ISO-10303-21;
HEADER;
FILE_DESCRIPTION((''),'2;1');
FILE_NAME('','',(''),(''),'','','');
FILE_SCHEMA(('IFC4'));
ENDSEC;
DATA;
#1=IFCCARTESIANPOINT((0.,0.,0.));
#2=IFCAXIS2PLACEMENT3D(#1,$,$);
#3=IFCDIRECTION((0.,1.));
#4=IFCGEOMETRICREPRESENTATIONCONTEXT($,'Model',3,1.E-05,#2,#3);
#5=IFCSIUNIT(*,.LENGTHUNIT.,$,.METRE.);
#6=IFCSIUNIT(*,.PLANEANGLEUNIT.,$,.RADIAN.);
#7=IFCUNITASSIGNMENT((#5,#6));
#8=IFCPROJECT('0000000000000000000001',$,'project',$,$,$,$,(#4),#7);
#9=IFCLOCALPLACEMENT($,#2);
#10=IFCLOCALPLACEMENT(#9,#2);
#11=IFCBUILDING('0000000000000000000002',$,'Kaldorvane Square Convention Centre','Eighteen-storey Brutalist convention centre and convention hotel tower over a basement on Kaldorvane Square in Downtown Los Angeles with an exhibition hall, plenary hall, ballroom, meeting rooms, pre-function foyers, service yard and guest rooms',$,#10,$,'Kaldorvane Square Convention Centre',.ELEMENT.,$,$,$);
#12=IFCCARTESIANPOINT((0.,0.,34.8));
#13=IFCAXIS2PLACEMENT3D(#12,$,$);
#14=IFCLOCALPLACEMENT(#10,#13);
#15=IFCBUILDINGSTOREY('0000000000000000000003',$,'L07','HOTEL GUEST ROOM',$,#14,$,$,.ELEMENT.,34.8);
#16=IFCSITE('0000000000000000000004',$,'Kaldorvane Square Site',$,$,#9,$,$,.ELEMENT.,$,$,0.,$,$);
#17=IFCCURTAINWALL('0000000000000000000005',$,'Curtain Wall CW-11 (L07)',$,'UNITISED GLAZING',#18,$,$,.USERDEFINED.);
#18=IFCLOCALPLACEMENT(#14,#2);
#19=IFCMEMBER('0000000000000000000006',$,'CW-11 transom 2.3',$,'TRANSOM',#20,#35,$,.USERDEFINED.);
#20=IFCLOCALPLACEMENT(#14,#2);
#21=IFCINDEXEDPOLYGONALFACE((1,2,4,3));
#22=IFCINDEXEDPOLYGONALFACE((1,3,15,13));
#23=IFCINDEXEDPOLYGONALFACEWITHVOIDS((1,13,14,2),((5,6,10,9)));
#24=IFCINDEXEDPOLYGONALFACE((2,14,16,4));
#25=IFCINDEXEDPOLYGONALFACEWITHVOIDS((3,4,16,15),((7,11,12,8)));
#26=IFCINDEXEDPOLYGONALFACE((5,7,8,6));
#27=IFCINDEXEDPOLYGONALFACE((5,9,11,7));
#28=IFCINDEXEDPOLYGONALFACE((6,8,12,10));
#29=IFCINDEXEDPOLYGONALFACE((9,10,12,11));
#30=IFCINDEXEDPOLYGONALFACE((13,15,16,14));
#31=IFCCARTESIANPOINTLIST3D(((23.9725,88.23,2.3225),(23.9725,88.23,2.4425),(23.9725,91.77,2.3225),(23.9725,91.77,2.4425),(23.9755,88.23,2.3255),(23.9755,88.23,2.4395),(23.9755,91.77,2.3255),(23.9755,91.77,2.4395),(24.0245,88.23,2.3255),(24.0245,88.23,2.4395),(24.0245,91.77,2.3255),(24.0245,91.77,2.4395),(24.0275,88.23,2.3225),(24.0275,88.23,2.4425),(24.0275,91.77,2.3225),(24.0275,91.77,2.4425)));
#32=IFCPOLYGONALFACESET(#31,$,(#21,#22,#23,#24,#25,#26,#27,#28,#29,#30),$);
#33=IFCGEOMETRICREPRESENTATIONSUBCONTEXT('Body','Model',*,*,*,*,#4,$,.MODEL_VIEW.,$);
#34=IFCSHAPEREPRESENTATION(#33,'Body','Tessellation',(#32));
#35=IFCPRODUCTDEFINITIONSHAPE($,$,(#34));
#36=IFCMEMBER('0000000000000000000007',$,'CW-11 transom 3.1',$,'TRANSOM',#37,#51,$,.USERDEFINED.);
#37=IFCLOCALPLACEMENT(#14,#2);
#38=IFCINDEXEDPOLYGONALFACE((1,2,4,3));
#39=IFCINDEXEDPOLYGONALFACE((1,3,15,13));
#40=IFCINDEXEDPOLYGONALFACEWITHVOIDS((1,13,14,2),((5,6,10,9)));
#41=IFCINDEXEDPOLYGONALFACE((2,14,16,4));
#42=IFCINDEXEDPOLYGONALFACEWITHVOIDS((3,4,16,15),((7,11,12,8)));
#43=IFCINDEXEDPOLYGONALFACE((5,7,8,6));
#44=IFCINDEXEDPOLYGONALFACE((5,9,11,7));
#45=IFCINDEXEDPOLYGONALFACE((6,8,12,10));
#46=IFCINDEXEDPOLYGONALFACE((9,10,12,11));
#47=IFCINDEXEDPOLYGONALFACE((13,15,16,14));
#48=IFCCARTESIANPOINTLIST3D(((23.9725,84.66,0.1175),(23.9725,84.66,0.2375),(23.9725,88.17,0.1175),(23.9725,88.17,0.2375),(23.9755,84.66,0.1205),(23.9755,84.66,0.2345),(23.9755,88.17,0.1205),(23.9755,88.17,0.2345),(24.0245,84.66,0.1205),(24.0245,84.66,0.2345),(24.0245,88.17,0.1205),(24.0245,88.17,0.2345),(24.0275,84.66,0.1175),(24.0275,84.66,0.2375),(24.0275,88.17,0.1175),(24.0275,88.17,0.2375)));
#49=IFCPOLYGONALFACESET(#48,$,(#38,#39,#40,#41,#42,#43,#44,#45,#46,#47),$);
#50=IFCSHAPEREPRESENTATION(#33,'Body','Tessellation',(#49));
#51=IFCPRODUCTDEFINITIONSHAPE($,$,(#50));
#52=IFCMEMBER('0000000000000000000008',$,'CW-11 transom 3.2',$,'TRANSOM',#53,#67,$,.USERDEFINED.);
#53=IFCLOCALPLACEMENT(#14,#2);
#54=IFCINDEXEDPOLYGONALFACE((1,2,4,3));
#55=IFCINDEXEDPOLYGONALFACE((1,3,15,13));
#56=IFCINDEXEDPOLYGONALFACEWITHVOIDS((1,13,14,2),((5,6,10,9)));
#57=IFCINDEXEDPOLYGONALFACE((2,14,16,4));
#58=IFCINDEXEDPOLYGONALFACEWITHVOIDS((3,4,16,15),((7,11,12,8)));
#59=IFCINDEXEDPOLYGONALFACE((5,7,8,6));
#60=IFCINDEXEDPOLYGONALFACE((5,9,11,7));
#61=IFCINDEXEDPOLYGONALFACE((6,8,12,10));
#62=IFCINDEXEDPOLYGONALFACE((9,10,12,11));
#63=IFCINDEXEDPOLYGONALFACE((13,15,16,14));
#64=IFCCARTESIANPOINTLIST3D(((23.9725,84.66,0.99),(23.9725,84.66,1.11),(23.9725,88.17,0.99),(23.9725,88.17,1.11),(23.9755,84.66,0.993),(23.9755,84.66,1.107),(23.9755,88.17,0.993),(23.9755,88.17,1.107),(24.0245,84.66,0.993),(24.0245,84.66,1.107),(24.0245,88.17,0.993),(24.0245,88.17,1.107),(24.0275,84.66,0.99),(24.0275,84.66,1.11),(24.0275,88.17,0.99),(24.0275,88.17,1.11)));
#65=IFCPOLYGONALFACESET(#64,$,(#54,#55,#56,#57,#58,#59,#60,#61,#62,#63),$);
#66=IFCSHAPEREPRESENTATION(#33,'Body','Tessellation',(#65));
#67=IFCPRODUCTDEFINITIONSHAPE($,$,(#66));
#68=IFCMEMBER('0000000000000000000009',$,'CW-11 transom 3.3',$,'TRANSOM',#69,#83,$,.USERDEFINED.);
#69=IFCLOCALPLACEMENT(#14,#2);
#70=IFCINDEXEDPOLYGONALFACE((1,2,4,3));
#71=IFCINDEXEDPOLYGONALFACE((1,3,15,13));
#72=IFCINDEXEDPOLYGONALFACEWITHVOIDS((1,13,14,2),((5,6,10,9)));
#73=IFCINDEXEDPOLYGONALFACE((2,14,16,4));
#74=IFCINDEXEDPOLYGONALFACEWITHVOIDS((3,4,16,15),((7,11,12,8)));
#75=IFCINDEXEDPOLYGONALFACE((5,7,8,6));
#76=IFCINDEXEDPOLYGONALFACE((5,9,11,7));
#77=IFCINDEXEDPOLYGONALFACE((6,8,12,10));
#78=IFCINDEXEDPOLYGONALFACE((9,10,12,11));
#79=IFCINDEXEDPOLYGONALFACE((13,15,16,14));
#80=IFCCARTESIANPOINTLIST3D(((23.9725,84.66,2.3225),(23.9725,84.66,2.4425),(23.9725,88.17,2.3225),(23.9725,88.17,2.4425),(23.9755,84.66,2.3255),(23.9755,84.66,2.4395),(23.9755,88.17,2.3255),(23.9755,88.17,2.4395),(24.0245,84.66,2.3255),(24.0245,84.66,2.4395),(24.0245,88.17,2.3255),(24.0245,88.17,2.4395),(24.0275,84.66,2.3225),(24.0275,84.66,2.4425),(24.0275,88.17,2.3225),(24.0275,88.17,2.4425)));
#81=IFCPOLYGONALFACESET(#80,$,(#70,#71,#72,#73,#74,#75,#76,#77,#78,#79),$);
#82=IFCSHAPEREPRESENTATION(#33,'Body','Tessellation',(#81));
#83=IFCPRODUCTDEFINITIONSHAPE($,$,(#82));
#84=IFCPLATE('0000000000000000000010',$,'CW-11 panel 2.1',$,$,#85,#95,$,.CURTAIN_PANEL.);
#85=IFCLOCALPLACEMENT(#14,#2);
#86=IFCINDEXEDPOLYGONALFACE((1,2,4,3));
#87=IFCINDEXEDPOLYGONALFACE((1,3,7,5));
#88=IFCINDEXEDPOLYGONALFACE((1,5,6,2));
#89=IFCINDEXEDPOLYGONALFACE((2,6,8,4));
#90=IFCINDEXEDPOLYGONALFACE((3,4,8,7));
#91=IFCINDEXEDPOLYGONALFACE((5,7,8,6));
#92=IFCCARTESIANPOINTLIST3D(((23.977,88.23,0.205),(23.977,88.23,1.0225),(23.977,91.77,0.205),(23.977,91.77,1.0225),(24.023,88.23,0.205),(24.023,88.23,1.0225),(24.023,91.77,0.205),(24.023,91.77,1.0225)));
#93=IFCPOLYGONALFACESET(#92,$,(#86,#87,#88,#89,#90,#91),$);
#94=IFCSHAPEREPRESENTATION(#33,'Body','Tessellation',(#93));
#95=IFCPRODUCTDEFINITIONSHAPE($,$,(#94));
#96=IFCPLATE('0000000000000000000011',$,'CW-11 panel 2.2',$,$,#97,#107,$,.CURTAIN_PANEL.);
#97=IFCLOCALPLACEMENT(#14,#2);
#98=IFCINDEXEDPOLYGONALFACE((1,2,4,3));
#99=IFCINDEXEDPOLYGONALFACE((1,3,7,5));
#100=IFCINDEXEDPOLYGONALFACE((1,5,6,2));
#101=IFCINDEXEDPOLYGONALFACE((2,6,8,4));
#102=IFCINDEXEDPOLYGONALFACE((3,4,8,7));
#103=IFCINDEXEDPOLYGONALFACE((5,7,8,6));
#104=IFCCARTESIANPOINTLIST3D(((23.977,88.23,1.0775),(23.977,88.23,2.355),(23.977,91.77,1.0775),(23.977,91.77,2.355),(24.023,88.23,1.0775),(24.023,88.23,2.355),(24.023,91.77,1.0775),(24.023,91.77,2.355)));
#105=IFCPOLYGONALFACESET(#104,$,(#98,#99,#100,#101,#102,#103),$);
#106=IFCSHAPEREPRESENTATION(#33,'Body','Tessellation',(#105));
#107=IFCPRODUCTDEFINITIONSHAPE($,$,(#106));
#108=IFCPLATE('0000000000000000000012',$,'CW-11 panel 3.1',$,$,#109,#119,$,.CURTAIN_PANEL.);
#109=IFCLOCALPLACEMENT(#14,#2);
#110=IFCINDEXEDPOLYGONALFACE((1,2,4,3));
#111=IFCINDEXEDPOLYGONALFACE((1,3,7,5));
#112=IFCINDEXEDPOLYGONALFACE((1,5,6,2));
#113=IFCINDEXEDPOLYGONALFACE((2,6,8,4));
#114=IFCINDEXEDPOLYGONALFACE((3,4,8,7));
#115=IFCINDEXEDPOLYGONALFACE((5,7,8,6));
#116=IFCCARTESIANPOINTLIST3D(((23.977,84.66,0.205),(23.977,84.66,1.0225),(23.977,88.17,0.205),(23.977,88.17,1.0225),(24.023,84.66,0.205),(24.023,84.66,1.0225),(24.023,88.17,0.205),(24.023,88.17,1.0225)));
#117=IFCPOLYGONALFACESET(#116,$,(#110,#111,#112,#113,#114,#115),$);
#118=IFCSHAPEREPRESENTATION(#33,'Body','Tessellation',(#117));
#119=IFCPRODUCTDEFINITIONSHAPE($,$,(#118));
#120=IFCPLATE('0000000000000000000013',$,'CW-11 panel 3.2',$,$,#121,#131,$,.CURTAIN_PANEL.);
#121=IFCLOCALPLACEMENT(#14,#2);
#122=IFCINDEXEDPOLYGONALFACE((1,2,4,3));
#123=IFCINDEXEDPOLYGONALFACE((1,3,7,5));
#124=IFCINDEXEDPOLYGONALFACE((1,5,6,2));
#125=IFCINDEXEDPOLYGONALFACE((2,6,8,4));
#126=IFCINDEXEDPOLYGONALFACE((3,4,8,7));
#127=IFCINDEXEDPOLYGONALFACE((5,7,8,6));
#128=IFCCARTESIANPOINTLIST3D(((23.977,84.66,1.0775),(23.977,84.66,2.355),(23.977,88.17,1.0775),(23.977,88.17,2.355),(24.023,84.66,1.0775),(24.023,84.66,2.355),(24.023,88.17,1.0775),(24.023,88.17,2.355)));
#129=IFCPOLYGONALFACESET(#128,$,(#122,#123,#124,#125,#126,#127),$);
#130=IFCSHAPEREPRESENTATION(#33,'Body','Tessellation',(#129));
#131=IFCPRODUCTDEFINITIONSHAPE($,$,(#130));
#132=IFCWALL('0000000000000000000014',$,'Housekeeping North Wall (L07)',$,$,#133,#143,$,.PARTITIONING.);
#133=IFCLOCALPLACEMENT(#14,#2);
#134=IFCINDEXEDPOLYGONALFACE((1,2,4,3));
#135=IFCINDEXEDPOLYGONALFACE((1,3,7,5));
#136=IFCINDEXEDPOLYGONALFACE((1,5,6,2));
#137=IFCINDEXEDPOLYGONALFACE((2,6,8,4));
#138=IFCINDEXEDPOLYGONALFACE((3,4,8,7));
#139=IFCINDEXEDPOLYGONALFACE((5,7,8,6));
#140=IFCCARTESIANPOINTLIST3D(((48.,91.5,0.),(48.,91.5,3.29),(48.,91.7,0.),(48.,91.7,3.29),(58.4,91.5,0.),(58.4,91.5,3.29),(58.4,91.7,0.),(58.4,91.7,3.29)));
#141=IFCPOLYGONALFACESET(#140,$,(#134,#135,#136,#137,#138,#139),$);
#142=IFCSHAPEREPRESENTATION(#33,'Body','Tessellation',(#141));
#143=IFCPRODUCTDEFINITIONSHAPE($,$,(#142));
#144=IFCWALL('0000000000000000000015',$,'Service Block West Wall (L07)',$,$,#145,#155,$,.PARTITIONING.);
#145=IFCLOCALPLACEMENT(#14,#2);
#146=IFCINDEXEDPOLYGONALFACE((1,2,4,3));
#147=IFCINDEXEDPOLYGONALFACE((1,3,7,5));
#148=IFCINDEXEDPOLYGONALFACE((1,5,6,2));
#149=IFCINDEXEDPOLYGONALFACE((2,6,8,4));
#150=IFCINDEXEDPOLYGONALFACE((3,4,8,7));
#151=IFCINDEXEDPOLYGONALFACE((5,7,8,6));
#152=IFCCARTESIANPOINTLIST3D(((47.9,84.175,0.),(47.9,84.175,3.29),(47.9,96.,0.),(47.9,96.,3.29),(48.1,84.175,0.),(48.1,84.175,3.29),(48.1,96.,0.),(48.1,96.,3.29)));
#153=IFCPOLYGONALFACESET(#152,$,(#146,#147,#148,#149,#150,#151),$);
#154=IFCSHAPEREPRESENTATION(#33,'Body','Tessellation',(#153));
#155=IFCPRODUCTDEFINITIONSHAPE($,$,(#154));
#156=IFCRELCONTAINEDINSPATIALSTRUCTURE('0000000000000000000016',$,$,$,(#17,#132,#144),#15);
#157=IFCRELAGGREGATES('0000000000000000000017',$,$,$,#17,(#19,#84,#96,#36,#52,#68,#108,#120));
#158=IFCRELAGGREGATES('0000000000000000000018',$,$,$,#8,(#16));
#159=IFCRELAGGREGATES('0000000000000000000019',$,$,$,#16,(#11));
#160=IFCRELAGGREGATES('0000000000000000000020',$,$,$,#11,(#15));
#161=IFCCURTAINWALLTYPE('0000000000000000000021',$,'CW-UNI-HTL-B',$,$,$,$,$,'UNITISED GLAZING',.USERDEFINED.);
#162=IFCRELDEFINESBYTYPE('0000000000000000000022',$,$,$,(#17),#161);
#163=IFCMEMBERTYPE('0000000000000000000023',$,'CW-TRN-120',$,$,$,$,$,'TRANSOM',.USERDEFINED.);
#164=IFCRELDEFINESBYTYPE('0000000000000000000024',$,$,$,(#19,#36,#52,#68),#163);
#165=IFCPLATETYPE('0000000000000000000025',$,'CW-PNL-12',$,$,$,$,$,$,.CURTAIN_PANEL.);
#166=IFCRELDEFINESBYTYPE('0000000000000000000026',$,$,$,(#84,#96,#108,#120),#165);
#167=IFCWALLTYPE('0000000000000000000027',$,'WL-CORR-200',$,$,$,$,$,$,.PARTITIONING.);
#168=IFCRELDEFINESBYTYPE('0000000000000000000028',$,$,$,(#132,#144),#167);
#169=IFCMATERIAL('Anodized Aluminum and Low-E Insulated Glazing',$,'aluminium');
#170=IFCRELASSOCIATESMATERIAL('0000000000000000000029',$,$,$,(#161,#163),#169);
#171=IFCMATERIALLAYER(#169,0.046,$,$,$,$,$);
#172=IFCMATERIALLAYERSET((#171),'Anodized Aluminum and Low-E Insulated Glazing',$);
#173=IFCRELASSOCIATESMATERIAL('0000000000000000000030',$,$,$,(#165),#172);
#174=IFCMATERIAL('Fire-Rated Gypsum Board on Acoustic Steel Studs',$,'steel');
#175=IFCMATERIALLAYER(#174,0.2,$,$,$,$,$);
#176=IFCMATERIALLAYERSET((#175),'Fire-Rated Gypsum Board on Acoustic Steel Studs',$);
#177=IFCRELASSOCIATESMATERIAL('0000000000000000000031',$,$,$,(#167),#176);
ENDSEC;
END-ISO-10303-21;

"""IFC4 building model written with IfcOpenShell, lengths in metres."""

from ifc_helpers import new_model, si_unit, direction, frame, frame_2d, origin, origin_2d, place, context, subcontext, project, spatial, rectangle, hollow_rectangle, extrude, material, layer, layer_set, material_profile, profile_set, type_object, element, aggregate, save


model = new_model("IFC4")

# Units and contexts
model_context = context("Model", 3, precision=1e-05, world=origin(), true_north=direction((0.0, 1.0)))
body_context = subcontext(model_context, "Body", "Model", "MODEL_VIEW")
ifc_project = project(units=[si_unit("LENGTHUNIT", "METRE"), si_unit("PLANEANGLEUNIT", "RADIAN")], contexts=[model_context])

# Site, building, storey
site_placement = place(None, origin())
site = spatial("IfcSite", under=ifc_project, at=site_placement, Name="Kaldorvane Square Site", CompositionType="ELEMENT", RefElevation=0.0)
building_placement = place(site_placement, origin())
building = spatial("IfcBuilding", under=site, at=building_placement, Name="Kaldorvane Square Convention Centre", Description="Eighteen-storey Brutalist convention centre and convention hotel tower over a basement on Kaldorvane Square in Downtown Los Angeles with an exhibition hall, plenary hall, ballroom, meeting rooms, pre-function foyers, service yard and guest rooms", LongName="Kaldorvane Square Convention Centre", CompositionType="ELEMENT")
storey_placement = place(building_placement, frame((0.0, 0.0, 34.8)))
storey = spatial("IfcBuildingStorey", under=building, at=storey_placement, Name="L07", Description="HOTEL GUEST ROOM", CompositionType="ELEMENT", Elevation=34.8)

# Curtain wall, members, plates
ifc_material_1 = material(Name="Anodized Aluminum and Low-E Insulated Glazing", Category="aluminium")
curtain_wall_type = type_object("IfcCurtainWallType", Name="CW-UNI-HTL-B", ElementType="UNITISED GLAZING", PredefinedType="USERDEFINED", material=ifc_material_1)
curtain_wall_placement = place(storey_placement, origin())
curtain_wall = element("IfcCurtainWall", 1, at=curtain_wall_placement, inside=storey, type_object=curtain_wall_type, Name="Curtain Wall CW-11 (L07)", ObjectType="UNITISED GLAZING", PredefinedType="USERDEFINED")
ifc_material_profile_1 = material_profile(ifc_material_1, hollow_rectangle(XDim=0.055, YDim=0.12, WallThickness=0.003, at=origin_2d()), Name="CWT-120X55")
ifc_profile_set_1 = profile_set([ifc_material_profile_1], Name="Anodized Aluminum and Low-E Insulated Glazing")
member_type_1 = type_object("IfcMemberType", Name="CW-TRN-120", ElementType="TRANSOM", PredefinedType="USERDEFINED", material=ifc_profile_set_1)
member_1_placement = place(storey_placement, frame((24.0, 91.77, 2.3825), z_axis=(0.0, -1.0, 0.0), x_axis=(1.0, 0.0, 0.0)))
member_1 = element("IfcMember", 2, at=member_1_placement, type_object=member_type_1, Name="CW-11 transom 2.3", ObjectType="TRANSOM", PredefinedType="USERDEFINED", context=body_context, shape_type="SweptSolid", body=[
    extrude(hollow_rectangle(XDim=0.055, YDim=0.12, WallThickness=0.003, at=origin_2d()), origin(), (0.0, 0.0, 1.0), 3.54),
])
member_2_placement = place(storey_placement, frame((24.0, 88.17, 0.1775), z_axis=(0.0, -1.0, 0.0), x_axis=(1.0, 0.0, 0.0)))
member_2 = element("IfcMember", 3, at=member_2_placement, type_object=member_type_1, Name="CW-11 transom 3.1", ObjectType="TRANSOM", PredefinedType="USERDEFINED", context=body_context, shape_type="SweptSolid", body=[
    extrude(hollow_rectangle(XDim=0.055, YDim=0.12, WallThickness=0.003, at=origin_2d()), origin(), (0.0, 0.0, 1.0), 3.51),
])
member_3_placement = place(storey_placement, frame((24.0, 88.17, 1.05), z_axis=(0.0, -1.0, 0.0), x_axis=(1.0, 0.0, 0.0)))
member_3 = element("IfcMember", 4, at=member_3_placement, type_object=member_type_1, Name="CW-11 transom 3.2", ObjectType="TRANSOM", PredefinedType="USERDEFINED", context=body_context, shape_type="SweptSolid", body=[
    extrude(hollow_rectangle(XDim=0.055, YDim=0.12, WallThickness=0.003, at=origin_2d()), origin(), (0.0, 0.0, 1.0), 3.51),
])
member_4_placement = place(storey_placement, frame((24.0, 88.17, 2.3825), z_axis=(0.0, -1.0, 0.0), x_axis=(1.0, 0.0, 0.0)))
member_4 = element("IfcMember", 5, at=member_4_placement, type_object=member_type_1, Name="CW-11 transom 3.3", ObjectType="TRANSOM", PredefinedType="USERDEFINED", context=body_context, shape_type="SweptSolid", body=[
    extrude(hollow_rectangle(XDim=0.055, YDim=0.12, WallThickness=0.003, at=origin_2d()), origin(), (0.0, 0.0, 1.0), 3.51),
])
ifc_layer_1 = layer(ifc_material_1, 0.046)
ifc_layer_set_1 = layer_set([ifc_layer_1], Name="Anodized Aluminum and Low-E Insulated Glazing")
plate_type = type_object("IfcPlateType", Name="CW-PNL-12", PredefinedType="CURTAIN_PANEL", material=ifc_layer_set_1)
plate_1_placement = place(storey_placement, frame((24.0, 90.0, 0.205), z_axis=(0.0, 0.0, 1.0), x_axis=(0.0, -1.0, 0.0)))
plate_1 = element("IfcPlate", 6, at=plate_1_placement, type_object=plate_type, Name="CW-11 panel 2.1", PredefinedType="CURTAIN_PANEL", context=body_context, shape_type="SweptSolid", body=[
    extrude(rectangle(XDim=3.54, YDim=0.046, at=origin_2d()), origin(), (0.0, 0.0, 1.0), 0.8175),
])
plate_2_placement = place(storey_placement, frame((24.0, 90.0, 1.0775), z_axis=(0.0, 0.0, 1.0), x_axis=(0.0, -1.0, 0.0)))
plate_2 = element("IfcPlate", 7, at=plate_2_placement, type_object=plate_type, Name="CW-11 panel 2.2", PredefinedType="CURTAIN_PANEL", context=body_context, shape_type="SweptSolid", body=[
    extrude(rectangle(XDim=3.54, YDim=0.046, at=origin_2d()), origin(), (0.0, 0.0, 1.0), 1.2775),
])
plate_3_placement = place(storey_placement, frame((24.0, 86.415, 0.205), z_axis=(0.0, 0.0, 1.0), x_axis=(0.0, -1.0, 0.0)))
plate_3 = element("IfcPlate", 8, at=plate_3_placement, type_object=plate_type, Name="CW-11 panel 3.1", PredefinedType="CURTAIN_PANEL", context=body_context, shape_type="SweptSolid", body=[
    extrude(rectangle(XDim=3.51, YDim=0.046, at=origin_2d()), origin(), (0.0, 0.0, 1.0), 0.8175),
])
plate_4_placement = place(storey_placement, frame((24.0, 86.415, 1.0775), z_axis=(0.0, 0.0, 1.0), x_axis=(0.0, -1.0, 0.0)))
plate_4 = element("IfcPlate", 9, at=plate_4_placement, type_object=plate_type, Name="CW-11 panel 3.2", PredefinedType="CURTAIN_PANEL", context=body_context, shape_type="SweptSolid", body=[
    extrude(rectangle(XDim=3.51, YDim=0.046, at=origin_2d()), origin(), (0.0, 0.0, 1.0), 1.2775),
])
aggregate(curtain_wall, [member_1, plate_1, plate_2, member_2, member_3, member_4, plate_3, plate_4])

# Walls
ifc_material_2 = material(Name="Fire-Rated Gypsum Board on Acoustic Steel Studs", Category="steel")
ifc_layer_2 = layer(ifc_material_2, 0.2)
ifc_layer_set_2 = layer_set([ifc_layer_2], Name="Fire-Rated Gypsum Board on Acoustic Steel Studs")
wall_type_1 = type_object("IfcWallType", Name="WL-CORR-200", PredefinedType="PARTITIONING", material=ifc_layer_set_2)
wall_1_placement = place(storey_placement, frame((48.0, 91.6, 0.0), z_axis=(0.0, 0.0, 1.0), x_axis=(1.0, 0.0, 0.0)))
element("IfcWall", 10, at=wall_1_placement, inside=storey, type_object=wall_type_1, Name="Housekeeping North Wall (L07)", PredefinedType="PARTITIONING", context=body_context, shape_type="SweptSolid", body=[
    extrude(rectangle(XDim=10.4, YDim=0.2, at=frame_2d((5.2, 0.0))), origin(), (0.0, 0.0, 1.0), 3.29),
])
wall_2_placement = place(storey_placement, frame((48.0, 84.175, 0.0), z_axis=(0.0, 0.0, 1.0), x_axis=(0.0, 1.0, 0.0)))
element("IfcWall", 11, at=wall_2_placement, inside=storey, type_object=wall_type_1, Name="Service Block West Wall (L07)", PredefinedType="PARTITIONING", context=body_context, shape_type="SweptSolid", body=[
    extrude(rectangle(XDim=11.825, YDim=0.2, at=frame_2d((5.9125, 0.0))), origin(), (0.0, 0.0, 1.0), 3.29),
])

save(model, "model.ifc")
